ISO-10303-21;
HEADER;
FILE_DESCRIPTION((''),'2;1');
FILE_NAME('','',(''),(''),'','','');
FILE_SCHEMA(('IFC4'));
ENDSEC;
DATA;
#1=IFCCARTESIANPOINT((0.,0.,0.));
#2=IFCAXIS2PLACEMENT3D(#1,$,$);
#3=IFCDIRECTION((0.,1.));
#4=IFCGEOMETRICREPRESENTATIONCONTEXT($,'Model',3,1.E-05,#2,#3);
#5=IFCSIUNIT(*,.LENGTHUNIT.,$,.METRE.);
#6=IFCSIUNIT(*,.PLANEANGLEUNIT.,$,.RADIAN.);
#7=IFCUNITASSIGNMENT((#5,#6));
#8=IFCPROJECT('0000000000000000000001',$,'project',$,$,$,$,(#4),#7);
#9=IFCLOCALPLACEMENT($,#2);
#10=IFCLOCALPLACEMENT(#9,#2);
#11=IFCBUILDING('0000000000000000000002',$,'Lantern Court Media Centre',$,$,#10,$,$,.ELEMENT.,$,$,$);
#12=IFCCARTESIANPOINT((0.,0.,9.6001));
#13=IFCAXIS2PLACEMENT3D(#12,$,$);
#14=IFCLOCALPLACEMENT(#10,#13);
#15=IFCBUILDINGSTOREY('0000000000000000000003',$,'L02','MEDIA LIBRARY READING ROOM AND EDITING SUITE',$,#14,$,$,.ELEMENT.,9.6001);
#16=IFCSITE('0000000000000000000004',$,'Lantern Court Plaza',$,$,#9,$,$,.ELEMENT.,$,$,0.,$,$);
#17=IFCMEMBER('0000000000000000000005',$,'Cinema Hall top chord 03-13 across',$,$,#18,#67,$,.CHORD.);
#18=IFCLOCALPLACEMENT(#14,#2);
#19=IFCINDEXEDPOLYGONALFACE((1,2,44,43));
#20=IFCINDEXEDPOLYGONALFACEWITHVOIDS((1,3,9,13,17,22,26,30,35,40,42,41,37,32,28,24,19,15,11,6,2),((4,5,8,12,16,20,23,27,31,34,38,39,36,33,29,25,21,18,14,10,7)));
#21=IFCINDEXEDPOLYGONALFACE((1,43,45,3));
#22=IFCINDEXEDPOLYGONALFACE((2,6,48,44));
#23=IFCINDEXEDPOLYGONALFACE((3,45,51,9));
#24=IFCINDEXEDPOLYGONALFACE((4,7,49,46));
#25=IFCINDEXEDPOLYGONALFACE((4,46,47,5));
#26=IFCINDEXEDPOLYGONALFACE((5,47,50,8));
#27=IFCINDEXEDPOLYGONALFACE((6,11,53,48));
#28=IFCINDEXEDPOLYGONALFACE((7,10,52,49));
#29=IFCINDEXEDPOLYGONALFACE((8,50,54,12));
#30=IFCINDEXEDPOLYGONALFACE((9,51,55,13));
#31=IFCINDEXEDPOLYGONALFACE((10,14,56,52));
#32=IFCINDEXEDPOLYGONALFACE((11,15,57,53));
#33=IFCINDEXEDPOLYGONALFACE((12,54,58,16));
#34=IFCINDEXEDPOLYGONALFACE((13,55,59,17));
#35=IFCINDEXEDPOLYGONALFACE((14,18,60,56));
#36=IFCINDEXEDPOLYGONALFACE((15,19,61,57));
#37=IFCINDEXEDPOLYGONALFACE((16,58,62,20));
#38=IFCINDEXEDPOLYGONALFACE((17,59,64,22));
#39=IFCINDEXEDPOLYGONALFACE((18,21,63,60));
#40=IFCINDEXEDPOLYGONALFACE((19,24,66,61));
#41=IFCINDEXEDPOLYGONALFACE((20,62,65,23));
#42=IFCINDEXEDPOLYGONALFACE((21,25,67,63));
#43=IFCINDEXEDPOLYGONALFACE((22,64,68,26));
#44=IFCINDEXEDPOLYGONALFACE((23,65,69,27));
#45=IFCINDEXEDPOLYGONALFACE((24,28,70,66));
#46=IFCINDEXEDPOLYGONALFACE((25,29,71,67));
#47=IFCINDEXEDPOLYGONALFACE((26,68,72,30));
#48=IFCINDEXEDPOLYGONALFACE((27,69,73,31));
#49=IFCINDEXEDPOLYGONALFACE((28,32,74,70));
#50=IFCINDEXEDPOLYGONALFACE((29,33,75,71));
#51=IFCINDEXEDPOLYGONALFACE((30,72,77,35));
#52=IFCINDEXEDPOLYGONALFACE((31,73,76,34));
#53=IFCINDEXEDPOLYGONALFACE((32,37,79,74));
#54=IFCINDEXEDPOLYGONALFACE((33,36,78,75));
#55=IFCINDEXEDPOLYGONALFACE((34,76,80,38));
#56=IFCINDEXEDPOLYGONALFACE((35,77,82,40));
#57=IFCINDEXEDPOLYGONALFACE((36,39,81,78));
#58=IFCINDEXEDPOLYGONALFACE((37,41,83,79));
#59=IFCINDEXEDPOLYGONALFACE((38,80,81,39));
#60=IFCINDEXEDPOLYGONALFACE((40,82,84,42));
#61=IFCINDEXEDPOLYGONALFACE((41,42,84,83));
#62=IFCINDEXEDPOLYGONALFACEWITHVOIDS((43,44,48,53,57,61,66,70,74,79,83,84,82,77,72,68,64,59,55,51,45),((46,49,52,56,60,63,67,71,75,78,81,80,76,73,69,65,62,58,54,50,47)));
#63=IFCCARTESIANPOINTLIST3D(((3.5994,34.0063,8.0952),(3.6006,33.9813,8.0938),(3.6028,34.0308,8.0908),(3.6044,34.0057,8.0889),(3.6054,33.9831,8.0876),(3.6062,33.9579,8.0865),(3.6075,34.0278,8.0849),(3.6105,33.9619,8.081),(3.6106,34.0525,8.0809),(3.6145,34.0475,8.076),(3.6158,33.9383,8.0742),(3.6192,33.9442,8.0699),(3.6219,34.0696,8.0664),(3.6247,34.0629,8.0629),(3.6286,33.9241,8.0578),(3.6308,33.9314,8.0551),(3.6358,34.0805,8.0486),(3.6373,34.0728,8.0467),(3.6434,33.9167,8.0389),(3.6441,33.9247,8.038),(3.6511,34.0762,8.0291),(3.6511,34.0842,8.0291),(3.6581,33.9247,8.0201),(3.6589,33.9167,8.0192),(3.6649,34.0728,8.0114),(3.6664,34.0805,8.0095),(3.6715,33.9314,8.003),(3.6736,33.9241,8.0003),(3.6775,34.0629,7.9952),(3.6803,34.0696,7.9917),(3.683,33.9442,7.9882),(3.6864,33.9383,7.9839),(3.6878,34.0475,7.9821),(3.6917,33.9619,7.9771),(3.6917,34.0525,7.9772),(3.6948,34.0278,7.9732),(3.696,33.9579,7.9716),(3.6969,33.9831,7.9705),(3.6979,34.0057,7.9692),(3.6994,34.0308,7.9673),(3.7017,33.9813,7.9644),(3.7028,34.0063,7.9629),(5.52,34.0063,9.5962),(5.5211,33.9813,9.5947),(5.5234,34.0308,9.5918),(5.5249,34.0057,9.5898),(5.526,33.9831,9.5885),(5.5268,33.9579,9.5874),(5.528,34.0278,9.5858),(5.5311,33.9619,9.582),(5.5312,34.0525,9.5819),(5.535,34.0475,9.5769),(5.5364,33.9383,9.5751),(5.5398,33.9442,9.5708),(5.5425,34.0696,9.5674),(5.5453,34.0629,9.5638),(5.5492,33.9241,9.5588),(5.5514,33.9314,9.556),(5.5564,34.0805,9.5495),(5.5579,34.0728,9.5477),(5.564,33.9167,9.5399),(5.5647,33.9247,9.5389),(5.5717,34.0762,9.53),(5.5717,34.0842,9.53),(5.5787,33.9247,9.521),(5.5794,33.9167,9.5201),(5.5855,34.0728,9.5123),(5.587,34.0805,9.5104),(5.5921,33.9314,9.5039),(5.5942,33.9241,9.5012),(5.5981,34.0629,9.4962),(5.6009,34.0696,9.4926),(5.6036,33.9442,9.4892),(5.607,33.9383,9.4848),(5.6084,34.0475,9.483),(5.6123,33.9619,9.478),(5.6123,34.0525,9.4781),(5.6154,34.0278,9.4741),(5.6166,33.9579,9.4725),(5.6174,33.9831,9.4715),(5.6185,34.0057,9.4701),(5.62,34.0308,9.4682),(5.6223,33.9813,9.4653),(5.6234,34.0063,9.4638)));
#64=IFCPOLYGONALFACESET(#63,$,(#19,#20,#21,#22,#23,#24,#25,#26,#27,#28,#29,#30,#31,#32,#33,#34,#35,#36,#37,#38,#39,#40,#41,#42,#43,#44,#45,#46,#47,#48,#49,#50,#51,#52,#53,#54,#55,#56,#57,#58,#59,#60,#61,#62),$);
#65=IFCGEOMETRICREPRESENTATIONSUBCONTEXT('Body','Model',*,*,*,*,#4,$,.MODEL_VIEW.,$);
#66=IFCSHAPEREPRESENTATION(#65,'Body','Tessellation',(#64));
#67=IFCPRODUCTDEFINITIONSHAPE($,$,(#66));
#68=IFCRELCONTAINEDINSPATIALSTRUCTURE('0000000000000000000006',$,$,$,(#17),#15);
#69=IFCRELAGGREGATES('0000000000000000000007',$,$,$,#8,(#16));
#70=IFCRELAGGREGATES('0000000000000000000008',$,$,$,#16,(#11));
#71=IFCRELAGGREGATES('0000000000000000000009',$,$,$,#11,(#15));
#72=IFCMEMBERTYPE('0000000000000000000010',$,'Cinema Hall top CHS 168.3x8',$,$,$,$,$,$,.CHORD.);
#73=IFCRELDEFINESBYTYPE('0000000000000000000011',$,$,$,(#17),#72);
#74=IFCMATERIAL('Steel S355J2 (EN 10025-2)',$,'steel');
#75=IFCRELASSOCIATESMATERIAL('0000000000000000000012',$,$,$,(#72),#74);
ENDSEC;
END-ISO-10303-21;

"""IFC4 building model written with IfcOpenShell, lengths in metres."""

from ifc_helpers import new_model, si_unit, direction, frame, origin, origin_2d, place, context, subcontext, project, spatial, hollow_circle, extrude, material, material_profile, profile_set, type_object, element, save


model = new_model("IFC4")

# Units and contexts
model_context = context("Model", 3, precision=1e-05, world=origin(), true_north=direction((0.0, 1.0)))
body_context = subcontext(model_context, "Body", "Model", "MODEL_VIEW")
ifc_project = project(units=[si_unit("LENGTHUNIT", "METRE"), si_unit("PLANEANGLEUNIT", "RADIAN")], contexts=[model_context])

# Site, building, storey
site_placement = place(None, origin())
site = spatial("IfcSite", under=ifc_project, at=site_placement, Name="Lantern Court Plaza", CompositionType="ELEMENT", RefElevation=0.0)
building_placement = place(site_placement, origin())
building = spatial("IfcBuilding", under=site, at=building_placement, Name="Lantern Court Media Centre", CompositionType="ELEMENT")
storey_placement = place(building_placement, frame((0.0, 0.0, 9.6001)))
storey = spatial("IfcBuildingStorey", under=building, at=storey_placement, Name="L02", Description="MEDIA LIBRARY READING ROOM AND EDITING SUITE", CompositionType="ELEMENT", Elevation=9.6001)

# Member
ifc_material = material(Name="Steel S355J2 (EN 10025-2)", Category="steel")
ifc_material_profile_1 = material_profile(ifc_material, hollow_circle(Radius=0.0842, WallThickness=0.0081, at=origin_2d()), Name="Cinema Hall top CHS 168.3x8")
ifc_profile_set_1 = profile_set([ifc_material_profile_1], Name="Steel S355J2 (EN 10025-2)")
member_type_1 = type_object("IfcMemberType", Name="Cinema Hall top CHS 168.3x8", PredefinedType="CHORD", material=ifc_profile_set_1)
for number, where, z_axis, x_axis, name in (
    (1, (3.6511, 34.0, 8.0291), (0.787932, 0.0, 0.615763), (0.0, 1.0, 0.0), "Cinema Hall top chord 03-13 across"),
):
    element("IfcMember", number, at=place(storey_placement, frame(where, z_axis=z_axis, x_axis=x_axis)), inside=storey, type_object=member_type_1, Name=name, PredefinedType="CHORD", context=body_context, shape_type="SweptSolid", body=[
        extrude(hollow_circle(Radius=0.0842, WallThickness=0.0081, at=origin_2d()), origin(), (0.0, 0.0, 1.0), 2.4375),
    ])

save(model, "model.ifc")
